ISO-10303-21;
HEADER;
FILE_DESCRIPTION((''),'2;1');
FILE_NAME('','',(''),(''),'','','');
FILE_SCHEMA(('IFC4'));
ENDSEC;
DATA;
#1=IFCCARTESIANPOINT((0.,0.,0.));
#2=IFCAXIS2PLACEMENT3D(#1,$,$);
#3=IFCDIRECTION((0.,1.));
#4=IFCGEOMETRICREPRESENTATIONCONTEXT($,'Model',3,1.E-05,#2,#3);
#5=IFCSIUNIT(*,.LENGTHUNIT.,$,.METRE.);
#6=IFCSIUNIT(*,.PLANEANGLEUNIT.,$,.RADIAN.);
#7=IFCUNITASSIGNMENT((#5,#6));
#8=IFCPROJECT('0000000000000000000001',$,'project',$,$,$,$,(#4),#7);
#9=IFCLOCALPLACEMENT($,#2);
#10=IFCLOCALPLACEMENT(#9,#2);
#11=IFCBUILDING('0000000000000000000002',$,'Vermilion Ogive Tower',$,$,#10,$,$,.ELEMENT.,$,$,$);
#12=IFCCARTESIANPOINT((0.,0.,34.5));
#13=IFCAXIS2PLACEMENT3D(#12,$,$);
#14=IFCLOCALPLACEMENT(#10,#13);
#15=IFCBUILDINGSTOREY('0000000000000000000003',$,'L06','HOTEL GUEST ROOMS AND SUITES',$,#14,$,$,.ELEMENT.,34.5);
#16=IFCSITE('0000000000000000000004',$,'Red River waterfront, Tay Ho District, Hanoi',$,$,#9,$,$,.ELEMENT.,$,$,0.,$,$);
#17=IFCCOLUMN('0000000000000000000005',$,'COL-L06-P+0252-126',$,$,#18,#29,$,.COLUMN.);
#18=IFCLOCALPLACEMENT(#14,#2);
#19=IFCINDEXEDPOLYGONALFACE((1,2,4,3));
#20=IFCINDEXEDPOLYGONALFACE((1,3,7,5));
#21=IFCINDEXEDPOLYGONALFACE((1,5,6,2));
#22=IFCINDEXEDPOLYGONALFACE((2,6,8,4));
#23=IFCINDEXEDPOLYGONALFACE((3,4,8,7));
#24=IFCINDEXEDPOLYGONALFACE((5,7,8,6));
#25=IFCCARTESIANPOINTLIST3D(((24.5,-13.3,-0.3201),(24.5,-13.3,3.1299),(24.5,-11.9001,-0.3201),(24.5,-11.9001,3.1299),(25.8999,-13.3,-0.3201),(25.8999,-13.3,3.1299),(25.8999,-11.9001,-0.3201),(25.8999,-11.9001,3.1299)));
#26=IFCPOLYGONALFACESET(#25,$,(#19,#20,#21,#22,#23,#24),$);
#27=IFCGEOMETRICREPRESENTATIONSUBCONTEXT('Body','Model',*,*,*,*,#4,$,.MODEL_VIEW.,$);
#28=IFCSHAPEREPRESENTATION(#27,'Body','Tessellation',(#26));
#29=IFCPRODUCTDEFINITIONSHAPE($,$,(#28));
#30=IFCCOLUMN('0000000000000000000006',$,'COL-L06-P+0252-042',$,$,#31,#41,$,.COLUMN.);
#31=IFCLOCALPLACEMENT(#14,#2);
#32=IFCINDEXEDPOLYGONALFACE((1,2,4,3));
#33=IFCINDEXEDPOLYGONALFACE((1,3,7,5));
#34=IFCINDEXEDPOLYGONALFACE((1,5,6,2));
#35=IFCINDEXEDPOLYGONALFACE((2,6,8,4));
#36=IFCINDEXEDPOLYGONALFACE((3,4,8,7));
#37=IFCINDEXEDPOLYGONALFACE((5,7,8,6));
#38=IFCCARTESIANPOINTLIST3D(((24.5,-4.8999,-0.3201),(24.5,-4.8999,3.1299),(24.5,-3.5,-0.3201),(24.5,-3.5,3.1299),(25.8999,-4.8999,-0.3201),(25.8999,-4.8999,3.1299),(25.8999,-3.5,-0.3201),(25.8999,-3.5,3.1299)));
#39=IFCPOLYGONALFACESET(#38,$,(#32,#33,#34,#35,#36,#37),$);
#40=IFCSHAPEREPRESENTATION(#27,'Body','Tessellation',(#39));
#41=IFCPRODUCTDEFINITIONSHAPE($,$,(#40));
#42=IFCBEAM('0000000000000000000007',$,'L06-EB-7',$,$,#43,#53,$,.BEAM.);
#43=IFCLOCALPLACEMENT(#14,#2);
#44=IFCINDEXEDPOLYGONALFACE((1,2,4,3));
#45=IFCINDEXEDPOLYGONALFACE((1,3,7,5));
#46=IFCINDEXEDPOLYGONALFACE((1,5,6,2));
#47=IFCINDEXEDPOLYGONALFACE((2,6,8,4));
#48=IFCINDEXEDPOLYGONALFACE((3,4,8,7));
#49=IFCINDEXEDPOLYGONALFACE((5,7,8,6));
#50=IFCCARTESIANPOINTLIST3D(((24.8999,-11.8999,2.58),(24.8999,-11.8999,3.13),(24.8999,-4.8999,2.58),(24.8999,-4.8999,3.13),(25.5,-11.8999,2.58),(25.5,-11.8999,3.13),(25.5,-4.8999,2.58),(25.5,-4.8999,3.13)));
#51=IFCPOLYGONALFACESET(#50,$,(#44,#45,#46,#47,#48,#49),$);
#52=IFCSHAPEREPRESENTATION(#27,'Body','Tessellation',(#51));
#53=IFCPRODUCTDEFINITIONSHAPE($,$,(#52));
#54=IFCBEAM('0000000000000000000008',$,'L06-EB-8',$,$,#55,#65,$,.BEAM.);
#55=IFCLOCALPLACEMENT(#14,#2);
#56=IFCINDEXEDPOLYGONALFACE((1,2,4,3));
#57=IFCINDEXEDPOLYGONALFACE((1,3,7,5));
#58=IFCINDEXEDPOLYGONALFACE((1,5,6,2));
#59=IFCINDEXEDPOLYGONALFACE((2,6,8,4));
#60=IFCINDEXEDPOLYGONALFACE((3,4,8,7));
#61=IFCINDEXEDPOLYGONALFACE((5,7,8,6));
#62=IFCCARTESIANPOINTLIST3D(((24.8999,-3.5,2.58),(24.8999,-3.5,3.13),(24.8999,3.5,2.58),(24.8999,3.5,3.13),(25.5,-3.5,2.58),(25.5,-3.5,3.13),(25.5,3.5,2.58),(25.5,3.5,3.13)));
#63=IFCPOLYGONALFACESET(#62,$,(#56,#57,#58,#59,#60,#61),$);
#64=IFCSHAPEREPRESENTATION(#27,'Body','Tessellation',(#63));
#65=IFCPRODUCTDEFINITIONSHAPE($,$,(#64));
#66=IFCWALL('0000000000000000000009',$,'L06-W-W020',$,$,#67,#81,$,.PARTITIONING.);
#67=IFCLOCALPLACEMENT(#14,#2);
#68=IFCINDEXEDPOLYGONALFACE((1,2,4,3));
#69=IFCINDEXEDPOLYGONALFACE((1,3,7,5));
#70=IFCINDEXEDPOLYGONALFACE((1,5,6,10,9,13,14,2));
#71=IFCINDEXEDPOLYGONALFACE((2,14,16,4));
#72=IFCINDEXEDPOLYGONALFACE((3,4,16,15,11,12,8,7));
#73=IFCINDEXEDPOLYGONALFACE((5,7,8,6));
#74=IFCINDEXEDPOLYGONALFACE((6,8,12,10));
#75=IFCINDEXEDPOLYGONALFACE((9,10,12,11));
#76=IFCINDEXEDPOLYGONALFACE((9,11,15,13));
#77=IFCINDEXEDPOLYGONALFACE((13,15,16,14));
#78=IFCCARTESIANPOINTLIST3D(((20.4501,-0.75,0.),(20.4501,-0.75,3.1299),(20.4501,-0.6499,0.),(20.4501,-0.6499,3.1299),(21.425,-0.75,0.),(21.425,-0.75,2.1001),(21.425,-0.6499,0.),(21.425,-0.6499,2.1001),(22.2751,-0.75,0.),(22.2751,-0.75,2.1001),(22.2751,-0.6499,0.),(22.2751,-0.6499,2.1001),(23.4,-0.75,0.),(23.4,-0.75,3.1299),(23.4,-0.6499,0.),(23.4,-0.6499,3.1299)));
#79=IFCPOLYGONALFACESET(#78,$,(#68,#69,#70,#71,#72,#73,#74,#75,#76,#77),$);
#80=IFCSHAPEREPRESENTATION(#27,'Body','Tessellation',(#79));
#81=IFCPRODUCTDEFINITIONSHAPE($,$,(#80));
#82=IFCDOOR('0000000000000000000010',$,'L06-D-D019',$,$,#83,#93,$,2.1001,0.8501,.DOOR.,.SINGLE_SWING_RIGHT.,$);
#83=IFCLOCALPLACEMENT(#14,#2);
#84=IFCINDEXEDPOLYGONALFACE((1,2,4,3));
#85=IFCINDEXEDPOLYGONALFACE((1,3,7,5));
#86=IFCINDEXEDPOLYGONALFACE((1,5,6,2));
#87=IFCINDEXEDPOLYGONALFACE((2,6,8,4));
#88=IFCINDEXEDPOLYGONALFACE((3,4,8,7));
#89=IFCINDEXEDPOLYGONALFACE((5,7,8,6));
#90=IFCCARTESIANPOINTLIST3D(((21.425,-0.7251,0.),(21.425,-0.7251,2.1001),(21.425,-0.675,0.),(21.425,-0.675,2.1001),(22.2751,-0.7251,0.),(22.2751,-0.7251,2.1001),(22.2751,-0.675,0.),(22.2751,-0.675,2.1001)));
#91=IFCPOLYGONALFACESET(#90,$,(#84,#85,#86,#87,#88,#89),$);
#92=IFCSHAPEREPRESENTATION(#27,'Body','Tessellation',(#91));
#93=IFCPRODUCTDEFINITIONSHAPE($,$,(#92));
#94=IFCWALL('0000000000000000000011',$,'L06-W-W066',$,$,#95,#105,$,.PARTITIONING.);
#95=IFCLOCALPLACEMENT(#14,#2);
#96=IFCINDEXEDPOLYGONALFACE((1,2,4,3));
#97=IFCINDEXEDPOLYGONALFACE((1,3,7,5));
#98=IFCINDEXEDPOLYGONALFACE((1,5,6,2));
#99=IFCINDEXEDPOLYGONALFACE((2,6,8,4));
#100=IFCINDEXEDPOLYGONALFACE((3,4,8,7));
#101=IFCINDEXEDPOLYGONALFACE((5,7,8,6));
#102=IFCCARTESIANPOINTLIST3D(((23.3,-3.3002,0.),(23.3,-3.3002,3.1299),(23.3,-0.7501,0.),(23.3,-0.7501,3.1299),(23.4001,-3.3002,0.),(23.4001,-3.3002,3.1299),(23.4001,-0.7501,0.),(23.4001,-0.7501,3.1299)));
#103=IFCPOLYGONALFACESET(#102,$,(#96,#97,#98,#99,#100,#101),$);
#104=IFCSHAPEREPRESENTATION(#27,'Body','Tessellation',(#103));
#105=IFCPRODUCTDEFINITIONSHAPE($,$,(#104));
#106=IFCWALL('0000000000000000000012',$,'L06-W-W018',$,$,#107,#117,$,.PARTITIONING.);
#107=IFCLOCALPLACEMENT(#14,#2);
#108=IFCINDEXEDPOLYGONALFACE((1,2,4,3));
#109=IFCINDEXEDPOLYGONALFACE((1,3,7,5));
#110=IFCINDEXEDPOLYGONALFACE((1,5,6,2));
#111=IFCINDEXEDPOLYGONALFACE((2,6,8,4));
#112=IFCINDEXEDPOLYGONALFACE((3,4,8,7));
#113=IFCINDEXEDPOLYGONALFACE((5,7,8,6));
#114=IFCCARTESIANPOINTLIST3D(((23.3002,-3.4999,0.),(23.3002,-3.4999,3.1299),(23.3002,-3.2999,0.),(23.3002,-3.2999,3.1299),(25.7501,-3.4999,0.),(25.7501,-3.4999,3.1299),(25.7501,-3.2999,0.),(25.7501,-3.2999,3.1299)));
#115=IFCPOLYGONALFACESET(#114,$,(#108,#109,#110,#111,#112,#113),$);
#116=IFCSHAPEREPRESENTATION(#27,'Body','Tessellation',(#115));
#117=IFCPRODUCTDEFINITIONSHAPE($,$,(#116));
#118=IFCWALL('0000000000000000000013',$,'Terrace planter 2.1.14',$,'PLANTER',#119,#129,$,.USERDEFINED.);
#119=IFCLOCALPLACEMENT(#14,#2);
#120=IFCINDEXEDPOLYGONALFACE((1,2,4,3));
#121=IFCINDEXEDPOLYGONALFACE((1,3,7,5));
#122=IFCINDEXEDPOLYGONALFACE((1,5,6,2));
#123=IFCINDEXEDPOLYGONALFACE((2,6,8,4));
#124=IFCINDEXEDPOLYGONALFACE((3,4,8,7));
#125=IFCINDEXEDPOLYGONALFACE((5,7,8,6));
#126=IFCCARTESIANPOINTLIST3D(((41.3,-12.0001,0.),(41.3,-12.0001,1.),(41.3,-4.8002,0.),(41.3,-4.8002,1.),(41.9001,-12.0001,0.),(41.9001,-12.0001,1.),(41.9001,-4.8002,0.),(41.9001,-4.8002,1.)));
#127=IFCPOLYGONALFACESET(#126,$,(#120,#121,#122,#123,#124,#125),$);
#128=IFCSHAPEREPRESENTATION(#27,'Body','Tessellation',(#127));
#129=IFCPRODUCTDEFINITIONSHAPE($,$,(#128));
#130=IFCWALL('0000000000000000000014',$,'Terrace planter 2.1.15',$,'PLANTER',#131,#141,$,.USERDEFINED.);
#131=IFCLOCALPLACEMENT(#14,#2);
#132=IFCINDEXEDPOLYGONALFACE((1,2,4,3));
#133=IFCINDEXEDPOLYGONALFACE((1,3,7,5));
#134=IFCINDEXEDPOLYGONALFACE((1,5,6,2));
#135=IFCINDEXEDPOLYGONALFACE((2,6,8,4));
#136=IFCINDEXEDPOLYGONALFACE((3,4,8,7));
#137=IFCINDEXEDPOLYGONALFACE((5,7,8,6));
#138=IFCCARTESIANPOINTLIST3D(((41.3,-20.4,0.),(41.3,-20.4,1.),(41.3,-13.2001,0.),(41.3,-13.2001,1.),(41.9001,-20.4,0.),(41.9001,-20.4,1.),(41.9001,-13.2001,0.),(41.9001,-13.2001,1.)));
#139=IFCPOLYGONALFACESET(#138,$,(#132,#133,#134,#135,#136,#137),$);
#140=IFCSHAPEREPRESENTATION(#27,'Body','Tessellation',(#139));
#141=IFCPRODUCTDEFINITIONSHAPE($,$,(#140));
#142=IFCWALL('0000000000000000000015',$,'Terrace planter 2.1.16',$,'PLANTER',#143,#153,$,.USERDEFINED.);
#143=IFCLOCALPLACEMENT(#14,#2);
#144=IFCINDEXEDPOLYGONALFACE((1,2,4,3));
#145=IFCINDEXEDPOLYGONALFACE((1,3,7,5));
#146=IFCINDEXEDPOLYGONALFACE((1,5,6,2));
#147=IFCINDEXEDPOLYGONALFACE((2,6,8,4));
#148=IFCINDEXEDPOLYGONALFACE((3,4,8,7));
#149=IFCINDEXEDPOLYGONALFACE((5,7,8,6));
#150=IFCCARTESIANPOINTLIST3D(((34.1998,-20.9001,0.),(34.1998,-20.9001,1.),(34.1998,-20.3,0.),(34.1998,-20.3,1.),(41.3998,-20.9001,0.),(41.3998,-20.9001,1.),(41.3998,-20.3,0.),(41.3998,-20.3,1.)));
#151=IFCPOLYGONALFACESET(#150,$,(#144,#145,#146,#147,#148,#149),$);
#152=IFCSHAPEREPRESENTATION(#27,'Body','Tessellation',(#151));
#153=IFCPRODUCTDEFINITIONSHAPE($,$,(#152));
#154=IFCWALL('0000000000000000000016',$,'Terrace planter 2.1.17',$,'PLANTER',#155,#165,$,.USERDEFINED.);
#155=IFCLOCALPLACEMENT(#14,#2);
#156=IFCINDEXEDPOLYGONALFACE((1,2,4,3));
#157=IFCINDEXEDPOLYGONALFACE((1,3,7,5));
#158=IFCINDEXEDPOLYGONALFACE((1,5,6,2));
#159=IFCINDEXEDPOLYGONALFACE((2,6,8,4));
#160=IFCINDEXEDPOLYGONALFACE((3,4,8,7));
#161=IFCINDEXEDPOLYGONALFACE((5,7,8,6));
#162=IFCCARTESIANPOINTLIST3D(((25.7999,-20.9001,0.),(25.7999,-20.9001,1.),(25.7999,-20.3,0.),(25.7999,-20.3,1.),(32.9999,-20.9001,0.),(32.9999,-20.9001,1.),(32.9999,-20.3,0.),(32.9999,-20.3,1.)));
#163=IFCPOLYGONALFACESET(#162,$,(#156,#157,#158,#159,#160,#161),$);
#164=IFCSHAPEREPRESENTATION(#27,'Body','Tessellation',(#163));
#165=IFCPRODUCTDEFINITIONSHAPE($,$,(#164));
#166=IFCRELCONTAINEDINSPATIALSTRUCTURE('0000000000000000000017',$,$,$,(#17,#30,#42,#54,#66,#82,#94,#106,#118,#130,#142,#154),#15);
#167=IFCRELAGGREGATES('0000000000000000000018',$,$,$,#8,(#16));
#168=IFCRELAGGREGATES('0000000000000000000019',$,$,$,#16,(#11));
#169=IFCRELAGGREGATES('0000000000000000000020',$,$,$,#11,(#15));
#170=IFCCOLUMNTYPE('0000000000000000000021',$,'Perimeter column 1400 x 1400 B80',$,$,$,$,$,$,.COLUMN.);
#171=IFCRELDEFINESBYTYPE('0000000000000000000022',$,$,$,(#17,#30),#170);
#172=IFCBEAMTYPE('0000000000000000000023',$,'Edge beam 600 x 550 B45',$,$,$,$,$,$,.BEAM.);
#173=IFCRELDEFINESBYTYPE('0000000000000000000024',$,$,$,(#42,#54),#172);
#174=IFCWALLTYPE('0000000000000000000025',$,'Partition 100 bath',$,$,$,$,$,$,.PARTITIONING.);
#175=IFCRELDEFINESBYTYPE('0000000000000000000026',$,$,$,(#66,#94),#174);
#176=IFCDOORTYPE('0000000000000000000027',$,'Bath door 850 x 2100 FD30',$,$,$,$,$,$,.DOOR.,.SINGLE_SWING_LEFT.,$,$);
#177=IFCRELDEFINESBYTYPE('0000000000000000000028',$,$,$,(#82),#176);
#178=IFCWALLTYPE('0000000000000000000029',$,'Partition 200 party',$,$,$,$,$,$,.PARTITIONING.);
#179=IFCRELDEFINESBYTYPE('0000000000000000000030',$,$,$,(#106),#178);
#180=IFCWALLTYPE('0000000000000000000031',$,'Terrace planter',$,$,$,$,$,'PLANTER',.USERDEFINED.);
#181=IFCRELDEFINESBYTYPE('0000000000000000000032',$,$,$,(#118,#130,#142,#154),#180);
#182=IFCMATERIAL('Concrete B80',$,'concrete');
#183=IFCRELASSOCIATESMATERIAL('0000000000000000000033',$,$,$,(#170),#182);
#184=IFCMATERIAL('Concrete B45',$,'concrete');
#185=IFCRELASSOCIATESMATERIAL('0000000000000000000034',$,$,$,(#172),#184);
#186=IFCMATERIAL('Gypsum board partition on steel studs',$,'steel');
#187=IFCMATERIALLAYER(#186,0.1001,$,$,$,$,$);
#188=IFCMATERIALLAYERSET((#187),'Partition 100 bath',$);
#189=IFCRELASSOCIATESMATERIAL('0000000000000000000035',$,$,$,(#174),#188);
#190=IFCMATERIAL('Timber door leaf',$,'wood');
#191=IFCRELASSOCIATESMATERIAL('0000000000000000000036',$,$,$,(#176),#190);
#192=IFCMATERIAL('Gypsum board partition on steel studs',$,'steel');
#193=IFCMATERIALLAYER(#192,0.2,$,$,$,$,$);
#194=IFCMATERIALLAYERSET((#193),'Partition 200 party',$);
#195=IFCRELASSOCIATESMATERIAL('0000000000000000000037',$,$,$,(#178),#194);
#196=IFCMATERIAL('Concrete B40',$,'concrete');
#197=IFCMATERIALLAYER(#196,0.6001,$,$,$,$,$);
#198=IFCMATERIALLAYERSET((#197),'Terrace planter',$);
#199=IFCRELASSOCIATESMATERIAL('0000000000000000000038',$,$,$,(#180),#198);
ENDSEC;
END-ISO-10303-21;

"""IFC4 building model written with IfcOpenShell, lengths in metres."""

from ifc_helpers import new_model, si_unit, direction, frame, frame_2d, origin, origin_2d, place, context, subcontext, project, spatial, rectangle, extrude, material, layer, layer_set, material_profile, profile_set, type_object, element, fill, save


model = new_model("IFC4")

# Units and contexts
model_context = context("Model", 3, precision=1e-05, world=origin(), true_north=direction((0.0, 1.0)))
body_context = subcontext(model_context, "Body", "Model", "MODEL_VIEW")
ifc_project = project(units=[si_unit("LENGTHUNIT", "METRE"), si_unit("PLANEANGLEUNIT", "RADIAN")], contexts=[model_context])

# Site, building, storey
site_placement = place(None, origin())
site = spatial("IfcSite", under=ifc_project, at=site_placement, Name="Red River waterfront, Tay Ho District, Hanoi", CompositionType="ELEMENT", RefElevation=0.0)
building_placement = place(site_placement, origin())
building = spatial("IfcBuilding", under=site, at=building_placement, Name="Vermilion Ogive Tower", CompositionType="ELEMENT")
storey_placement = place(building_placement, frame((0.0, 0.0, 34.5)))
storey = spatial("IfcBuildingStorey", under=building, at=storey_placement, Name="L06", Description="HOTEL GUEST ROOMS AND SUITES", CompositionType="ELEMENT", Elevation=34.5)

# Columns
ifc_material_1 = material(Name="Concrete B80", Category="concrete")
ifc_material_profile_1 = material_profile(ifc_material_1, rectangle(XDim=1.3999, YDim=1.3999, at=origin_2d()), Name="1400 x 1400")
ifc_profile_set_1 = profile_set([ifc_material_profile_1], Name="Concrete B80")
column_type = type_object("IfcColumnType", Name="Perimeter column 1400 x 1400 B80", PredefinedType="COLUMN", material=ifc_profile_set_1)
for number, where, z_axis, x_axis, name in (
    (1, (25.2, -12.6001, -0.3201), (0.0, 0.0, 1.0), (1.0, 0.0, 0.0), "COL-L06-P+0252-126"),
    (2, (25.2, -4.2, -0.3201), (0.0, 0.0, 1.0), (1.0, 0.0, 0.0), "COL-L06-P+0252-042"),
):
    element("IfcColumn", number, at=place(storey_placement, frame(where, z_axis=z_axis, x_axis=x_axis)), inside=storey, type_object=column_type, Name=name, PredefinedType="COLUMN", context=body_context, shape_type="SweptSolid", body=[
        extrude(rectangle(XDim=1.3999, YDim=1.3999, at=origin_2d()), origin(), (0.0, 0.0, 1.0), 3.45),
    ])

# Beams
ifc_material_2 = material(Name="Concrete B45", Category="concrete")
ifc_material_profile_2 = material_profile(ifc_material_2, rectangle(XDim=0.6001, YDim=0.55, at=origin_2d()), Name="600 x 550")
ifc_profile_set_2 = profile_set([ifc_material_profile_2], Name="Concrete B45")
beam_type = type_object("IfcBeamType", Name="Edge beam 600 x 550 B45", PredefinedType="BEAM", material=ifc_profile_set_2)
for number, where, z_axis, x_axis, name in (
    (3, (25.2, -11.8999, 2.855), (0.0, 1.0, 0.0), (-1.0, 0.0, 0.0), "L06-EB-7"),
    (4, (25.2, -3.5, 2.855), (0.0, 1.0, 0.0), (-1.0, 0.0, 0.0), "L06-EB-8"),
):
    element("IfcBeam", number, at=place(storey_placement, frame(where, z_axis=z_axis, x_axis=x_axis)), inside=storey, type_object=beam_type, Name=name, PredefinedType="BEAM", context=body_context, shape_type="SweptSolid", body=[
        extrude(rectangle(XDim=0.6001, YDim=0.55, at=origin_2d()), origin(), (0.0, 0.0, 1.0), 7.0),
    ])

# Wall, opening, door
ifc_material_3 = material(Name="Gypsum board partition on steel studs", Category="steel")
ifc_layer_1 = layer(ifc_material_3, 0.1001)
ifc_layer_set_1 = layer_set([ifc_layer_1], Name="Partition 100 bath")
wall_type_1 = type_object("IfcWallType", Name="Partition 100 bath", PredefinedType="PARTITIONING", material=ifc_layer_set_1)
wall_1_placement = place(storey_placement, frame((20.45, -0.7, 0.0), z_axis=(0.0, 0.0, 1.0), x_axis=(1.0, 0.0, 0.0)))
wall_1 = element("IfcWall", 5, at=wall_1_placement, inside=storey, type_object=wall_type_1, Name="L06-W-W020", PredefinedType="PARTITIONING", context=body_context, shape_type="SweptSolid", body=[
    extrude(rectangle(XDim=2.95, YDim=0.1001, at=frame_2d((1.4751, 0.0))), origin(), (0.0, 0.0, 1.0), 3.1299),
])
opening_1_placement = place(wall_1_placement, frame((0.9751, 0.0, 0.0)))
opening_1 = element("IfcOpeningElement", 6, at=opening_1_placement, cuts=wall_1, PredefinedType="OPENING", context=body_context, shape_type="SweptSolid", body=[
    extrude(rectangle(XDim=0.8501, YDim=2.1001, at=frame_2d((0.425, 1.05))), frame((0.0, 0.0601, 0.0), z_axis=(0.0, -1.0, 0.0), x_axis=(1.0, 0.0, 0.0)), (0.0, 0.0, 1.0), 0.1201),
])
ifc_material_4 = material(Name="Timber door leaf", Category="wood")
door_type_1 = type_object("IfcDoorType", Name="Bath door 850 x 2100 FD30", OperationType="SINGLE_SWING_LEFT", PredefinedType="DOOR", material=ifc_material_4)
door_1_placement = place(opening_1_placement, origin())
door_1 = element("IfcDoor", 7, at=door_1_placement, inside=storey, type_object=door_type_1, Name="L06-D-D019", OperationType="SINGLE_SWING_RIGHT", OverallHeight=2.1001, OverallWidth=0.8501, PredefinedType="DOOR", context=body_context, shape_type="SweptSolid", body=[
    extrude(rectangle(XDim=0.8501, YDim=2.1001, at=frame_2d((0.425, 1.05))), frame((0.0, 0.0249, 0.0), z_axis=(0.0, -1.0, 0.0), x_axis=(1.0, 0.0, 0.0)), (0.0, 0.0, 1.0), 0.05),
])
fill(opening_1, door_1)

# Walls
wall_2_placement = place(storey_placement, frame((23.3501, -3.3, 0.0), z_axis=(0.0, 0.0, 1.0), x_axis=(0.0, 1.0, 0.0)))
element("IfcWall", 8, at=wall_2_placement, inside=storey, type_object=wall_type_1, Name="L06-W-W066", PredefinedType="PARTITIONING", context=body_context, shape_type="SweptSolid", body=[
    extrude(rectangle(XDim=2.55, YDim=0.1001, at=frame_2d((1.2749, 0.0))), origin(), (0.0, 0.0, 1.0), 3.1299),
])
ifc_material_5 = material(Name="Gypsum board partition on steel studs", Category="steel")
ifc_layer_2 = layer(ifc_material_5, 0.2)
ifc_layer_set_2 = layer_set([ifc_layer_2], Name="Partition 200 party")
wall_type_2 = type_object("IfcWallType", Name="Partition 200 party", PredefinedType="PARTITIONING", material=ifc_layer_set_2)
wall_3_placement = place(storey_placement, frame((23.3, -3.3999, 0.0), z_axis=(0.0, 0.0, 1.0), x_axis=(1.0, 0.0, 0.0)))
element("IfcWall", 9, at=wall_3_placement, inside=storey, type_object=wall_type_2, Name="L06-W-W018", PredefinedType="PARTITIONING", context=body_context, shape_type="SweptSolid", body=[
    extrude(rectangle(XDim=2.45, YDim=0.2, at=frame_2d((1.2251, 0.0))), origin(), (0.0, 0.0, 1.0), 3.1299),
])
ifc_material_6 = material(Name="Concrete B40", Category="concrete")
ifc_layer_3 = layer(ifc_material_6, 0.6001)
ifc_layer_set_3 = layer_set([ifc_layer_3], Name="Terrace planter")
wall_type_3 = type_object("IfcWallType", Name="Terrace planter", ElementType="PLANTER", PredefinedType="USERDEFINED", material=ifc_layer_set_3)
for number, where, z_axis, x_axis, name in (
    (10, (41.6001, -4.8, 0.0), (0.0, 0.0, 1.0), (0.0, -1.0, 0.0), "Terrace planter 2.1.14"),
    (11, (41.6001, -13.2, 0.0), (0.0, 0.0, 1.0), (0.0, -1.0, 0.0), "Terrace planter 2.1.15"),
    (12, (41.3999, -20.6001, 0.0), (0.0, 0.0, 1.0), (-1.0, 0.0, 0.0), "Terrace planter 2.1.16"),
    (13, (33.0, -20.6001, 0.0), (0.0, 0.0, 1.0), (-1.0, 0.0, 0.0), "Terrace planter 2.1.17"),
):
    element("IfcWall", number, at=place(storey_placement, frame(where, z_axis=z_axis, x_axis=x_axis)), inside=storey, type_object=wall_type_3, Name=name, ObjectType="PLANTER", PredefinedType="USERDEFINED", context=body_context, shape_type="SweptSolid", body=[
        extrude(rectangle(XDim=7.2, YDim=0.6001, at=frame_2d((3.6001, 0.0))), origin(), (0.0, 0.0, 1.0), 1.0),
    ])

save(model, "model.ifc")
